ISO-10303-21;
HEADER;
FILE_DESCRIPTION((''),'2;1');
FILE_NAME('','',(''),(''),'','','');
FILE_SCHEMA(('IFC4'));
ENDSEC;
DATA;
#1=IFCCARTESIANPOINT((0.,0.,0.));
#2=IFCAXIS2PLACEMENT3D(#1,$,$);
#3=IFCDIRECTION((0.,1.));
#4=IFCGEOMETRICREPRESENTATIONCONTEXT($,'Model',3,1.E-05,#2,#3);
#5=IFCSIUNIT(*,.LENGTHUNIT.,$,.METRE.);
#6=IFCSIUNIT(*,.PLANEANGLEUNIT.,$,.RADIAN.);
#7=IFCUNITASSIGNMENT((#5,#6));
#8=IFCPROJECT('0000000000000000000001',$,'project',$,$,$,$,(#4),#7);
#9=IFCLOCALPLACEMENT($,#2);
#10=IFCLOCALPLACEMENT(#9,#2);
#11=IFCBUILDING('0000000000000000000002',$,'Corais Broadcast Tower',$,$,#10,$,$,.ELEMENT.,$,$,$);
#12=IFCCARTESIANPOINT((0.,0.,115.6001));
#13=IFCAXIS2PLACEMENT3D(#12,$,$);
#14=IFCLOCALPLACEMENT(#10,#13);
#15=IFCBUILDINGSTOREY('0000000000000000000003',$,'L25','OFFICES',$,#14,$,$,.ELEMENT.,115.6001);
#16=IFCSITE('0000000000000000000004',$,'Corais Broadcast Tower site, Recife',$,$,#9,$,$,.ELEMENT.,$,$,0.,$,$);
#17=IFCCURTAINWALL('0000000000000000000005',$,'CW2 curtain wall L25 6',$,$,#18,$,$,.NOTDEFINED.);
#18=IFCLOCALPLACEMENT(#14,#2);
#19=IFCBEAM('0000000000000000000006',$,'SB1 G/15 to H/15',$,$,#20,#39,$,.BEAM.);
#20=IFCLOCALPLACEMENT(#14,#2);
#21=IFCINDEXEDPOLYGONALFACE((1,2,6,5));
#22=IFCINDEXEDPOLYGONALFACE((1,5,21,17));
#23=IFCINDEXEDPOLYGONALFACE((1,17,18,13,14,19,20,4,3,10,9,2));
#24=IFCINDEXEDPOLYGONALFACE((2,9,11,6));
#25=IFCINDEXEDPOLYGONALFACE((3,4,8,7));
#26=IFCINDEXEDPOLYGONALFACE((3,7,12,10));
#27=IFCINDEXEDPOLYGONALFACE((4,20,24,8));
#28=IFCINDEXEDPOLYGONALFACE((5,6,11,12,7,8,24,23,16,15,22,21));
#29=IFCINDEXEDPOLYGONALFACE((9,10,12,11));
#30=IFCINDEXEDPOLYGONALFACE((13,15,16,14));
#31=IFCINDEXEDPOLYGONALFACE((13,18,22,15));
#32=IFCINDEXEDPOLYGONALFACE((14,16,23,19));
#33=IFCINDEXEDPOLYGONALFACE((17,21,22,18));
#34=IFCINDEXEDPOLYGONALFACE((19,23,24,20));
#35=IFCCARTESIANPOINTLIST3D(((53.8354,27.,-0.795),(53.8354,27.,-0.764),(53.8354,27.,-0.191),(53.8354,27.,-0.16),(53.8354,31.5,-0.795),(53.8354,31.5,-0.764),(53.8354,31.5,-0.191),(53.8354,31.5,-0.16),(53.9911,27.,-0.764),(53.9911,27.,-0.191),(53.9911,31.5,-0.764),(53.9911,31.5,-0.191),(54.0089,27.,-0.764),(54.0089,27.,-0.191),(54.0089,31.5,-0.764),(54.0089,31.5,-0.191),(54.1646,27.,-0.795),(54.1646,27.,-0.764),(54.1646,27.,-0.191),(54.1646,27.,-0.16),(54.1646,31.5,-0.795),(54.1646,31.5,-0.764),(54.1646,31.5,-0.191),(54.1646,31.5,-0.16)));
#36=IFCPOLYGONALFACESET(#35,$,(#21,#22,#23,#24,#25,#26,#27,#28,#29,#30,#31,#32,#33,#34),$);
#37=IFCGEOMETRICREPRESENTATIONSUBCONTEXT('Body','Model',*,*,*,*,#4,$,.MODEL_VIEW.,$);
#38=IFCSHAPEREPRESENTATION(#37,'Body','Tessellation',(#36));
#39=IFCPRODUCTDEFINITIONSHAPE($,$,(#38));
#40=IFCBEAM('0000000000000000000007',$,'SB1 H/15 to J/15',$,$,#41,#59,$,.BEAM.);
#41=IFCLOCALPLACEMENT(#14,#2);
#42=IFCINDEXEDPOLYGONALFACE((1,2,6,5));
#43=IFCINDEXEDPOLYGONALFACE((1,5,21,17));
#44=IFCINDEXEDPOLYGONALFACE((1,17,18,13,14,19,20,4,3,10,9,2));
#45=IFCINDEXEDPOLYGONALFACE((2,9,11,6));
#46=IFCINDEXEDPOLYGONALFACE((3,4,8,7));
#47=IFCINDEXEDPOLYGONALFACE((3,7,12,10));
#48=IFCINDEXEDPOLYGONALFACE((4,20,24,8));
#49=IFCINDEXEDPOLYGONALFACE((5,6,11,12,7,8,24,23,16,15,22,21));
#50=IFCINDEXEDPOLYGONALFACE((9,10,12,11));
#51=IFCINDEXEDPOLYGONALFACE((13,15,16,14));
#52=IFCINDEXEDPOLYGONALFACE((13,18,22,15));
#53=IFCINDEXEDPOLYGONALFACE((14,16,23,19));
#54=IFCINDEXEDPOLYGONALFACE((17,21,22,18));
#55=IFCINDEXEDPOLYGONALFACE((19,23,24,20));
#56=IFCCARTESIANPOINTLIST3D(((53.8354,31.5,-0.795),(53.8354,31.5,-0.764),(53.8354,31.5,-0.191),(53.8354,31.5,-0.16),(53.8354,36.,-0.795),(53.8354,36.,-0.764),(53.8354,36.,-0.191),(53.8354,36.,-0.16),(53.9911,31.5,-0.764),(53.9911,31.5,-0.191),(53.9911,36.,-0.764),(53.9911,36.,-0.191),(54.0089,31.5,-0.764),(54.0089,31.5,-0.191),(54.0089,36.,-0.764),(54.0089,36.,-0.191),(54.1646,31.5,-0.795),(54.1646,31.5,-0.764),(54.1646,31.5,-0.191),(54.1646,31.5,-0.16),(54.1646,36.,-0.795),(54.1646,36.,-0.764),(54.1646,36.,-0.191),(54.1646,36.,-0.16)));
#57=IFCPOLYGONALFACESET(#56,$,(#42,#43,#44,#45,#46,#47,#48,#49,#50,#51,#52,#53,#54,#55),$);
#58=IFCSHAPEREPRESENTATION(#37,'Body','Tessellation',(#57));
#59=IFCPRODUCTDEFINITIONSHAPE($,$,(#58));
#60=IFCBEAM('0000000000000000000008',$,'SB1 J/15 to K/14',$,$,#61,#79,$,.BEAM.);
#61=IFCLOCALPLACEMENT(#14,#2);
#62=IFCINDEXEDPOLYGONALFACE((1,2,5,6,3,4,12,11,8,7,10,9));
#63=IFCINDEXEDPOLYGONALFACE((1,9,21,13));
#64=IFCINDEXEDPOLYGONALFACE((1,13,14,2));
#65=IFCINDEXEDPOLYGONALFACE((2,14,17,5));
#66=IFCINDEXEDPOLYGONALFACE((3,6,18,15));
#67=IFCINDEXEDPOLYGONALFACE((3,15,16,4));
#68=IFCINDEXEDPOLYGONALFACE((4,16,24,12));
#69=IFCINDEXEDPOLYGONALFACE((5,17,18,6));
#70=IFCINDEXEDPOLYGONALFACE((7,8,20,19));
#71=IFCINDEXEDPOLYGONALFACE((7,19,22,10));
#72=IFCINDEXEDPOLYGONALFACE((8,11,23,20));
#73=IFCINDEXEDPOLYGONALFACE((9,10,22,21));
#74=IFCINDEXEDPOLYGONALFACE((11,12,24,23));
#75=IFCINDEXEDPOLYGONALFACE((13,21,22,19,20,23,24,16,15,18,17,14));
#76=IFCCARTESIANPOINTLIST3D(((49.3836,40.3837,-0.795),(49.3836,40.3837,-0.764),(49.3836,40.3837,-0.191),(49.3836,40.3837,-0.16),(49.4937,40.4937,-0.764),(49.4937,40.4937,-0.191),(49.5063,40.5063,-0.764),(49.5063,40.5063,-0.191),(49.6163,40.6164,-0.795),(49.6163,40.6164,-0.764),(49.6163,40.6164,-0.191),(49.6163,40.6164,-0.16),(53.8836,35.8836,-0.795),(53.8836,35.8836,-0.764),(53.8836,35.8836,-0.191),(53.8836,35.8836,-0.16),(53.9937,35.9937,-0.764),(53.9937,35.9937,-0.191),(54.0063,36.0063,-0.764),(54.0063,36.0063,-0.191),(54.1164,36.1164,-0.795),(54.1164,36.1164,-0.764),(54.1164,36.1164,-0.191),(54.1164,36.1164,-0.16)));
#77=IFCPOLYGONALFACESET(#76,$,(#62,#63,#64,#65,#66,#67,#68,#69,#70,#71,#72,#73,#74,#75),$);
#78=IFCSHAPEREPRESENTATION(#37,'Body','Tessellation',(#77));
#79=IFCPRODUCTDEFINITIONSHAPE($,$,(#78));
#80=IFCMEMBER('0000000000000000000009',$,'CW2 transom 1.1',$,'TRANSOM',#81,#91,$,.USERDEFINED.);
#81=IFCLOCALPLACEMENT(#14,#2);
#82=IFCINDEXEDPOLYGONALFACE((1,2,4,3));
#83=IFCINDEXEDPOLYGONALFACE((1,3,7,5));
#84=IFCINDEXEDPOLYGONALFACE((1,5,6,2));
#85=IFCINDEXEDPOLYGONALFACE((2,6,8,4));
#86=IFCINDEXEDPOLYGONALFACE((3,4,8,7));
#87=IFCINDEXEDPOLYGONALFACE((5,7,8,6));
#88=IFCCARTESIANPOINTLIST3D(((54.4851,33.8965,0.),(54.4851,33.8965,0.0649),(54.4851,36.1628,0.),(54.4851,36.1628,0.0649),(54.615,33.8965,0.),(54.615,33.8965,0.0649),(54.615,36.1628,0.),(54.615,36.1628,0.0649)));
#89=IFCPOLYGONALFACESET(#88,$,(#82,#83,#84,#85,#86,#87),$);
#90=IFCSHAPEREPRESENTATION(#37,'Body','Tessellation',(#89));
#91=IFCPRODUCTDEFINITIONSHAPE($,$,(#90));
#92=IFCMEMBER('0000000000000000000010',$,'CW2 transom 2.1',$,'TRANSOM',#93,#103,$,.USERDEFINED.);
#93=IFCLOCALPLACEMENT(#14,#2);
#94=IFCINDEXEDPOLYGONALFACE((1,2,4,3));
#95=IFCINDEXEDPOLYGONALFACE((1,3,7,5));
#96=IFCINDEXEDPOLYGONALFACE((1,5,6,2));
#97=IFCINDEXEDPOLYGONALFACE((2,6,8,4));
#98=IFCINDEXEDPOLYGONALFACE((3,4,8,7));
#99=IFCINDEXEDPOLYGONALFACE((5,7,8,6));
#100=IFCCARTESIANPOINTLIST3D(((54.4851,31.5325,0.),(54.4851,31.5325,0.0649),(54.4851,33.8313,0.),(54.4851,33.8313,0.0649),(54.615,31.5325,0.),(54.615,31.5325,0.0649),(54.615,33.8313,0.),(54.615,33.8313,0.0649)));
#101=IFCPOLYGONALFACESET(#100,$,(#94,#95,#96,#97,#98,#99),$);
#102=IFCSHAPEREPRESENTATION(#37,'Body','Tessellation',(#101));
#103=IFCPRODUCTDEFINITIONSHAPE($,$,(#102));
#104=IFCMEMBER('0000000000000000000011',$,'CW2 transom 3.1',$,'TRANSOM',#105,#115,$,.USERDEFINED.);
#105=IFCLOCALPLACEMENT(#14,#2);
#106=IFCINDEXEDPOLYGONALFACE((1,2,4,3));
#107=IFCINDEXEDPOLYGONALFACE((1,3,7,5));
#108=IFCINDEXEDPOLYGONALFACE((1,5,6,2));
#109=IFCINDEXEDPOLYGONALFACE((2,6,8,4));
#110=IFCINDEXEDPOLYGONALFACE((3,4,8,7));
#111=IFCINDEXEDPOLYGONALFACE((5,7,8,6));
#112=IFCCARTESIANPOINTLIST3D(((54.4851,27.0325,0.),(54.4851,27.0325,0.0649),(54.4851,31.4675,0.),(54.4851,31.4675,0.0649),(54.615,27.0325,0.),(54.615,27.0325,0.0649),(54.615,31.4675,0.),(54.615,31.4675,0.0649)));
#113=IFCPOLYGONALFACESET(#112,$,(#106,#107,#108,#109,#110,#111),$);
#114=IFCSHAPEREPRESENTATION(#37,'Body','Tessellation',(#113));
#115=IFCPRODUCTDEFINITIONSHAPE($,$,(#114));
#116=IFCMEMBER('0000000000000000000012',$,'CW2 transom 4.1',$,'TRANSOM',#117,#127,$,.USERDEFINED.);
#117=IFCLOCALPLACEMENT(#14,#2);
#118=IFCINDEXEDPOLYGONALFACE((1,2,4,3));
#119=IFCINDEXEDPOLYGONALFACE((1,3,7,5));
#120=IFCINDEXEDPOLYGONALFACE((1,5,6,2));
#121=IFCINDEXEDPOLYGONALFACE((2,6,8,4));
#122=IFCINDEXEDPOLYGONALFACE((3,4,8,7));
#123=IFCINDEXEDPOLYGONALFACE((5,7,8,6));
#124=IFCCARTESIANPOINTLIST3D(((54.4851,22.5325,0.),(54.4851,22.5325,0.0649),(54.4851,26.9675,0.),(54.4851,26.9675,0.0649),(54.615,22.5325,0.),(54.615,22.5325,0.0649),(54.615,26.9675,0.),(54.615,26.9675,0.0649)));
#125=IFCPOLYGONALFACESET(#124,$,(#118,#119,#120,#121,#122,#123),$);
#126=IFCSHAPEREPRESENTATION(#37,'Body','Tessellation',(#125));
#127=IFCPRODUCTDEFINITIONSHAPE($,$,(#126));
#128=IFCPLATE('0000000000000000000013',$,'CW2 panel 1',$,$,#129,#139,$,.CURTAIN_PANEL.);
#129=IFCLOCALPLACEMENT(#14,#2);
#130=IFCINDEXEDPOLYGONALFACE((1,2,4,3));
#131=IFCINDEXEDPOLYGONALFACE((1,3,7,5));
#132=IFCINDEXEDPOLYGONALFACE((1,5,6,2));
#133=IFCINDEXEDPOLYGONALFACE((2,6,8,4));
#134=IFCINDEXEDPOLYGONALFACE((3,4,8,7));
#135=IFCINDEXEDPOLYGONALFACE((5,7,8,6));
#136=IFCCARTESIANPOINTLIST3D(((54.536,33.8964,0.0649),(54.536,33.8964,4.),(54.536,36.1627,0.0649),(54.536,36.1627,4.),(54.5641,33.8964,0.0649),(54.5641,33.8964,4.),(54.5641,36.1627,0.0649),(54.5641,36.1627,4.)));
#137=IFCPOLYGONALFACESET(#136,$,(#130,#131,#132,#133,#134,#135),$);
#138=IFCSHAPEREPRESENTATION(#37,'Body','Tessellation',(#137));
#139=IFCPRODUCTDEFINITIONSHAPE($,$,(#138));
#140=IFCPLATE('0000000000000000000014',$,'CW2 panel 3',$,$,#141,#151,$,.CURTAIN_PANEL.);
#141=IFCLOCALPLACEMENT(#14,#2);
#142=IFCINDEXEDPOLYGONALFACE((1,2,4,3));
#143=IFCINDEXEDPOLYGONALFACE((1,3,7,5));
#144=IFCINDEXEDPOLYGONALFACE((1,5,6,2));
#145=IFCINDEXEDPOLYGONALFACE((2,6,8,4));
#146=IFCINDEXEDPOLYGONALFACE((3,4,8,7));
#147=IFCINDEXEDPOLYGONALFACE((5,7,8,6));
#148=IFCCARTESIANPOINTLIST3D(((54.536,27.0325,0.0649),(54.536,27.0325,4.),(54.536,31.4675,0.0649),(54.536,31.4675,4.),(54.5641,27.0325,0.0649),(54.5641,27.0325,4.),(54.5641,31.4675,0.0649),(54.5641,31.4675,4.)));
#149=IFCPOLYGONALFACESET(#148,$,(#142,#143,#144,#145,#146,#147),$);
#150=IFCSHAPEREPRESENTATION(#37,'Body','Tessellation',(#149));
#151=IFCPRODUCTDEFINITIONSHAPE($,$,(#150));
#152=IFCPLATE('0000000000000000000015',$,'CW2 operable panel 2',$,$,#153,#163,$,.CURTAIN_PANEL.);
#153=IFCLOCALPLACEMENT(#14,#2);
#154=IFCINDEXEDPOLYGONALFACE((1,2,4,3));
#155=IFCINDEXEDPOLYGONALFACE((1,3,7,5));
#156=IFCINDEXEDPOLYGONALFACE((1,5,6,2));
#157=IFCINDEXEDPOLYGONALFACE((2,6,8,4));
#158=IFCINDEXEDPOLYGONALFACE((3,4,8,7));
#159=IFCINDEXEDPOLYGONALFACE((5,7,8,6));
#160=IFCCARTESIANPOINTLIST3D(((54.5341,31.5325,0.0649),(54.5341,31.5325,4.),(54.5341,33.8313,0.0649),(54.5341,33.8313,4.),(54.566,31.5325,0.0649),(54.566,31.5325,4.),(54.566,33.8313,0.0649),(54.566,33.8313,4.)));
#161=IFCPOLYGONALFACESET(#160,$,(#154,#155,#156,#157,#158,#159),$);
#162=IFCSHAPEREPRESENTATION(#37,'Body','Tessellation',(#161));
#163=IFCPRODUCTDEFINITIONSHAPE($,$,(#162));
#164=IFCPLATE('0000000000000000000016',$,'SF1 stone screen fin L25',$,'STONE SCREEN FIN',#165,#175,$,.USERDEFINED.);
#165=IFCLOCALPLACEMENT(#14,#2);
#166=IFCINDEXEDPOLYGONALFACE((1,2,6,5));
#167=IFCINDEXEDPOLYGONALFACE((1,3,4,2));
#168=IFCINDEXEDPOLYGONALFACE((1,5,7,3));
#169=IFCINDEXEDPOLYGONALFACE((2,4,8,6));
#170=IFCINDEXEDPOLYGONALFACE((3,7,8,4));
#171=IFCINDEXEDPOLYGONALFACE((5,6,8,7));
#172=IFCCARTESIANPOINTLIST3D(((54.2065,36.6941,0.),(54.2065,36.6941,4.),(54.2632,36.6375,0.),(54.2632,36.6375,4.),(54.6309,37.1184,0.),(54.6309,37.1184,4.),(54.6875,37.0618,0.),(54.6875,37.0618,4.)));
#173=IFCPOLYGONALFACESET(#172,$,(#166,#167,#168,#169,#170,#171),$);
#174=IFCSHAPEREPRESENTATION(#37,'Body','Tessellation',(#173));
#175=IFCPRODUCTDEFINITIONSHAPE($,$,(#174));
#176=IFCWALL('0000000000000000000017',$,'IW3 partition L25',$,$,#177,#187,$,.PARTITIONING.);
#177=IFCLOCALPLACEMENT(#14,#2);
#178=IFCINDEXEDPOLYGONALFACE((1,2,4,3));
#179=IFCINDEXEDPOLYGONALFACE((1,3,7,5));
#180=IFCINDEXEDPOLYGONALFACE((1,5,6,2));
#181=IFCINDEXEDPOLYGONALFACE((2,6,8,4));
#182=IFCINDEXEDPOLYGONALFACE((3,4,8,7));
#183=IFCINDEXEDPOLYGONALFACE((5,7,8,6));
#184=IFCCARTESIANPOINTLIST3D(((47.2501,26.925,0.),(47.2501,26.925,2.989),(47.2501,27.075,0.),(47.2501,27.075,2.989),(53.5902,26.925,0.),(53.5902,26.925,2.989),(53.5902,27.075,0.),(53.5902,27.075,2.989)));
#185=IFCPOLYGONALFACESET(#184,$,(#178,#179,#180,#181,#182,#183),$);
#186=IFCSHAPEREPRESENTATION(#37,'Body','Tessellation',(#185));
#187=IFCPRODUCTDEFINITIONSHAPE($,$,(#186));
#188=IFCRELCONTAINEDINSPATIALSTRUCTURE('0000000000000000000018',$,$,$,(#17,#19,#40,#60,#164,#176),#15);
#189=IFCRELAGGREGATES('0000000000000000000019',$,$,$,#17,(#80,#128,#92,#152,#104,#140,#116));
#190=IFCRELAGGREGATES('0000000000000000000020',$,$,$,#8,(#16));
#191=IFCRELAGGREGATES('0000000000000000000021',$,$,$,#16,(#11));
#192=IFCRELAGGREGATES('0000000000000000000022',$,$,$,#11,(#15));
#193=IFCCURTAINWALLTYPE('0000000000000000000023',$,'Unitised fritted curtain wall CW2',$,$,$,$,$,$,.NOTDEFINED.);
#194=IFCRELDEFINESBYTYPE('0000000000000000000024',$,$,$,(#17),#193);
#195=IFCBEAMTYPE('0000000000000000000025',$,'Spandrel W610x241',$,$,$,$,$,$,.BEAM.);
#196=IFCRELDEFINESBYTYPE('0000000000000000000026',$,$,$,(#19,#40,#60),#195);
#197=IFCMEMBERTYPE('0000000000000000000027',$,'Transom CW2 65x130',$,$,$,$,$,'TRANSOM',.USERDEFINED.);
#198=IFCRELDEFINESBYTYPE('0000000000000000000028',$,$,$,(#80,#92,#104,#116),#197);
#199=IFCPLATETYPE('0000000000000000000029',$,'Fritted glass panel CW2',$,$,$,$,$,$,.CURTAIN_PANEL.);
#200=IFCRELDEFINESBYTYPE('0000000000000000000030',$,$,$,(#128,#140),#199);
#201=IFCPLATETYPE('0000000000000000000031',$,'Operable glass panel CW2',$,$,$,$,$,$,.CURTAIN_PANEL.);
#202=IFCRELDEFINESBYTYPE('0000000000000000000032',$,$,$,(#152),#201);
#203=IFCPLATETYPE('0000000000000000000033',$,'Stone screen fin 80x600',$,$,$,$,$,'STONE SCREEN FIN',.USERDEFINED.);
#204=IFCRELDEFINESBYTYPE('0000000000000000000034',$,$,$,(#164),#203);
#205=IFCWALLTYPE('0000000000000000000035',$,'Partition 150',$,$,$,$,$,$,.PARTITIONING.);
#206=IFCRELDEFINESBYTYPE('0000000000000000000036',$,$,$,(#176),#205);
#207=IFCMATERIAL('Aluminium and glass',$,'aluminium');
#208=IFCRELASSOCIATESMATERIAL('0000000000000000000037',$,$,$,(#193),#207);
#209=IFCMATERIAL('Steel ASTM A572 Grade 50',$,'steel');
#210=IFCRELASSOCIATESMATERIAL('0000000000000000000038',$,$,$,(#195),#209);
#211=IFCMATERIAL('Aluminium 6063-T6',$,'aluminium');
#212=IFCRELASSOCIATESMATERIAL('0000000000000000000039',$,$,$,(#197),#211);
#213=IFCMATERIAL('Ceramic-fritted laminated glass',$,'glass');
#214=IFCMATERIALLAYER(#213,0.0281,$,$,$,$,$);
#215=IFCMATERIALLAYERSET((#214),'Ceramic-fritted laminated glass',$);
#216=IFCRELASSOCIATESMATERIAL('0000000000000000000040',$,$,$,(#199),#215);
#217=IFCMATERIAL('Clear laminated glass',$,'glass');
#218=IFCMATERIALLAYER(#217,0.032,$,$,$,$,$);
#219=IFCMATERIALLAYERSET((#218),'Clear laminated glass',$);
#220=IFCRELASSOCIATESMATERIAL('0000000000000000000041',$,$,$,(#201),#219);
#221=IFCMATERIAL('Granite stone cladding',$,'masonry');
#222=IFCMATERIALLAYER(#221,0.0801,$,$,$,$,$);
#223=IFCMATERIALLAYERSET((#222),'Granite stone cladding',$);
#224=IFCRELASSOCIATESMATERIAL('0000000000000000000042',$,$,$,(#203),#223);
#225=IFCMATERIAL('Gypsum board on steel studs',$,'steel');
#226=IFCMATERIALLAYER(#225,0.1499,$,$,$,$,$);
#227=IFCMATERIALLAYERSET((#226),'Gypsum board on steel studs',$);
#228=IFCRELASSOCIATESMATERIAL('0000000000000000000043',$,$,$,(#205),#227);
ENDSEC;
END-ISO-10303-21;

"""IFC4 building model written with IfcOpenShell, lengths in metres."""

from ifc_helpers import new_model, si_unit, direction, frame, frame_2d, origin, origin_2d, place, context, subcontext, project, spatial, rectangle, i_section, extrude, material, layer, layer_set, material_profile, profile_set, type_object, element, aggregate, save


model = new_model("IFC4")

# Units and contexts
model_context = context("Model", 3, precision=1e-05, world=origin(), true_north=direction((0.0, 1.0)))
body_context = subcontext(model_context, "Body", "Model", "MODEL_VIEW")
ifc_project = project(units=[si_unit("LENGTHUNIT", "METRE"), si_unit("PLANEANGLEUNIT", "RADIAN")], contexts=[model_context])

# Site, building, storey
site_placement = place(None, origin())
site = spatial("IfcSite", under=ifc_project, at=site_placement, Name="Corais Broadcast Tower site, Recife", CompositionType="ELEMENT", RefElevation=0.0)
building_placement = place(site_placement, origin())
building = spatial("IfcBuilding", under=site, at=building_placement, Name="Corais Broadcast Tower", CompositionType="ELEMENT")
storey_placement = place(building_placement, frame((0.0, 0.0, 115.6001)))
storey = spatial("IfcBuildingStorey", under=building, at=storey_placement, Name="L25", Description="OFFICES", CompositionType="ELEMENT", Elevation=115.6001)

# Shared definitions
ifc_material_1 = material(Name="Aluminium and glass", Category="aluminium")
curtain_wall_type = type_object("IfcCurtainWallType", Name="Unitised fritted curtain wall CW2", PredefinedType="NOTDEFINED", material=ifc_material_1)

# Curtain wall
curtain_wall_1_placement = place(storey_placement, origin())
curtain_wall_1 = element("IfcCurtainWall", 1, at=curtain_wall_1_placement, inside=storey, type_object=curtain_wall_type, Name="CW2 curtain wall L25 6", PredefinedType="NOTDEFINED")

# Beams
ifc_material_2 = material(Name="Steel ASTM A572 Grade 50", Category="steel")
ifc_material_profile_1 = material_profile(ifc_material_2, i_section(OverallWidth=0.3291, OverallDepth=0.635, WebThickness=0.0178, FlangeThickness=0.031, at=origin_2d()), Name="W610x241")
ifc_profile_set_1 = profile_set([ifc_material_profile_1], Name="Steel ASTM A572 Grade 50")
beam_type_1 = type_object("IfcBeamType", Name="Spandrel W610x241", PredefinedType="BEAM", material=ifc_profile_set_1)
for number, where, z_axis, x_axis, name in (
    (2, (54.0, 27.0, -0.4775), (0.0, 1.0, 0.0), (-1.0, 0.0, 0.0), "SB1 G/15 to H/15"),
    (3, (54.0, 31.5, -0.4775), (0.0, 1.0, 0.0), (-1.0, 0.0, 0.0), "SB1 H/15 to J/15"),
):
    element("IfcBeam", number, at=place(storey_placement, frame(where, z_axis=z_axis, x_axis=x_axis)), inside=storey, type_object=beam_type_1, Name=name, PredefinedType="BEAM", context=body_context, shape_type="SweptSolid", body=[
        extrude(i_section(OverallWidth=0.3291, OverallDepth=0.635, WebThickness=0.0178, FlangeThickness=0.031, at=origin_2d()), origin(), (0.0, 0.0, 1.0), 4.5),
    ])
beam_placement = place(storey_placement, frame((54.0, 36.0, -0.4775), z_axis=(-0.707107, 0.707107, 0.0), x_axis=(-0.707107, -0.707107, 0.0)))
element("IfcBeam", 4, at=beam_placement, inside=storey, type_object=beam_type_1, Name="SB1 J/15 to K/14", PredefinedType="BEAM", context=body_context, shape_type="SweptSolid", body=[
    extrude(i_section(OverallWidth=0.3291, OverallDepth=0.635, WebThickness=0.0178, FlangeThickness=0.031, at=origin_2d()), origin(), (0.0, 0.0, 1.0), 6.364),
])

# Members
ifc_material_3 = material(Name="Aluminium 6063-T6", Category="aluminium")
ifc_material_profile_2 = material_profile(ifc_material_3, rectangle(XDim=0.1299, YDim=0.0649, at=origin_2d()), Name="Transom CW2 65x130")
ifc_profile_set_2 = profile_set([ifc_material_profile_2], Name="Aluminium 6063-T6")
member_type_1 = type_object("IfcMemberType", Name="Transom CW2 65x130", ElementType="TRANSOM", PredefinedType="USERDEFINED", material=ifc_profile_set_2)
member_1_placement = place(storey_placement, frame((54.55, 36.1628, 0.0325), z_axis=(0.0, -1.0, 0.0), x_axis=(1.0, 0.0, 0.0)))
member_1 = element("IfcMember", 5, at=member_1_placement, type_object=member_type_1, Name="CW2 transom 1.1", ObjectType="TRANSOM", PredefinedType="USERDEFINED", context=body_context, shape_type="SweptSolid", body=[
    extrude(rectangle(XDim=0.1299, YDim=0.0649, at=origin_2d()), origin(), (0.0, 0.0, 1.0), 2.2664),
])
member_2_placement = place(storey_placement, frame((54.55, 33.8313, 0.0325), z_axis=(0.0, -1.0, 0.0), x_axis=(1.0, 0.0, 0.0)))
member_2 = element("IfcMember", 6, at=member_2_placement, type_object=member_type_1, Name="CW2 transom 2.1", ObjectType="TRANSOM", PredefinedType="USERDEFINED", context=body_context, shape_type="SweptSolid", body=[
    extrude(rectangle(XDim=0.1299, YDim=0.0649, at=origin_2d()), origin(), (0.0, 0.0, 1.0), 2.2988),
])
member_3_placement = place(storey_placement, frame((54.55, 31.4675, 0.0325), z_axis=(0.0, -1.0, 0.0), x_axis=(1.0, 0.0, 0.0)))
member_3 = element("IfcMember", 7, at=member_3_placement, type_object=member_type_1, Name="CW2 transom 3.1", ObjectType="TRANSOM", PredefinedType="USERDEFINED", context=body_context, shape_type="SweptSolid", body=[
    extrude(rectangle(XDim=0.1299, YDim=0.0649, at=origin_2d()), origin(), (0.0, 0.0, 1.0), 4.4351),
])
member_4_placement = place(storey_placement, frame((54.55, 26.9675, 0.0325), z_axis=(0.0, -1.0, 0.0), x_axis=(1.0, 0.0, 0.0)))
member_4 = element("IfcMember", 8, at=member_4_placement, type_object=member_type_1, Name="CW2 transom 4.1", ObjectType="TRANSOM", PredefinedType="USERDEFINED", context=body_context, shape_type="SweptSolid", body=[
    extrude(rectangle(XDim=0.1299, YDim=0.0649, at=origin_2d()), origin(), (0.0, 0.0, 1.0), 4.4351),
])

# Plates
ifc_material_4 = material(Name="Ceramic-fritted laminated glass", Category="glass")
ifc_layer_1 = layer(ifc_material_4, 0.0281)
ifc_layer_set_1 = layer_set([ifc_layer_1], Name="Ceramic-fritted laminated glass")
plate_type_1 = type_object("IfcPlateType", Name="Fritted glass panel CW2", PredefinedType="CURTAIN_PANEL", material=ifc_layer_set_1)
plate_1_placement = place(storey_placement, frame((54.55, 35.0295, 0.0649), z_axis=(0.0, 0.0, 1.0), x_axis=(0.0, -1.0, 0.0)))
plate_1 = element("IfcPlate", 9, at=plate_1_placement, type_object=plate_type_1, Name="CW2 panel 1", PredefinedType="CURTAIN_PANEL", context=body_context, shape_type="SweptSolid", body=[
    extrude(rectangle(XDim=2.2664, YDim=0.0281, at=origin_2d()), origin(), (0.0, 0.0, 1.0), 3.9351),
])
plate_2_placement = place(storey_placement, frame((54.55, 29.25, 0.0649), z_axis=(0.0, 0.0, 1.0), x_axis=(0.0, -1.0, 0.0)))
plate_2 = element("IfcPlate", 10, at=plate_2_placement, type_object=plate_type_1, Name="CW2 panel 3", PredefinedType="CURTAIN_PANEL", context=body_context, shape_type="SweptSolid", body=[
    extrude(rectangle(XDim=4.4351, YDim=0.0281, at=origin_2d()), origin(), (0.0, 0.0, 1.0), 3.9351),
])
ifc_material_5 = material(Name="Clear laminated glass", Category="glass")
ifc_layer_2 = layer(ifc_material_5, 0.032)
ifc_layer_set_2 = layer_set([ifc_layer_2], Name="Clear laminated glass")
plate_type_2 = type_object("IfcPlateType", Name="Operable glass panel CW2", PredefinedType="CURTAIN_PANEL", material=ifc_layer_set_2)
plate_3_placement = place(storey_placement, frame((54.55, 32.6819, 0.0649), z_axis=(0.0, 0.0, 1.0), x_axis=(0.0, -1.0, 0.0)))
plate_3 = element("IfcPlate", 11, at=plate_3_placement, type_object=plate_type_2, Name="CW2 operable panel 2", PredefinedType="CURTAIN_PANEL", context=body_context, shape_type="SweptSolid", body=[
    extrude(rectangle(XDim=2.2988, YDim=0.032, at=origin_2d()), origin(), (0.0, 0.0, 1.0), 3.9351),
])
aggregate(curtain_wall_1, [member_1, plate_1, member_2, plate_3, member_3, plate_2, member_4])
ifc_material_6 = material(Name="Granite stone cladding", Category="masonry")
ifc_layer_3 = layer(ifc_material_6, 0.0801)
ifc_layer_set_3 = layer_set([ifc_layer_3], Name="Granite stone cladding")
plate_type_3 = type_object("IfcPlateType", Name="Stone screen fin 80x600", ElementType="STONE SCREEN FIN", PredefinedType="USERDEFINED", material=ifc_layer_set_3)
plate_4_placement = place(storey_placement, frame((54.447, 36.8779, 0.0), z_axis=(0.0, 0.0, 1.0), x_axis=(0.707107, -0.707107, 0.0)))
element("IfcPlate", 12, at=plate_4_placement, inside=storey, type_object=plate_type_3, Name="SF1 stone screen fin L25", ObjectType="STONE SCREEN FIN", PredefinedType="USERDEFINED", context=body_context, shape_type="SweptSolid", body=[
    extrude(rectangle(XDim=0.0801, YDim=0.6001, at=origin_2d()), origin(), (0.0, 0.0, 1.0), 4.0),
])

# Wall
ifc_material_7 = material(Name="Gypsum board on steel studs", Category="steel")
ifc_layer_4 = layer(ifc_material_7, 0.1499)
ifc_layer_set_4 = layer_set([ifc_layer_4], Name="Gypsum board on steel studs")
wall_type = type_object("IfcWallType", Name="Partition 150", PredefinedType="PARTITIONING", material=ifc_layer_set_4)
wall_1_placement = place(storey_placement, frame((53.5901, 27.0, 0.0), z_axis=(0.0, 0.0, 1.0), x_axis=(-1.0, 0.0, 0.0)))
element("IfcWall", 13, at=wall_1_placement, inside=storey, type_object=wall_type, Name="IW3 partition L25", PredefinedType="PARTITIONING", context=body_context, shape_type="SweptSolid", body=[
    extrude(rectangle(XDim=6.3401, YDim=0.1499, at=frame_2d((3.1699, 0.0))), origin(), (0.0, 0.0, 1.0), 2.989),
])

save(model, "model.ifc")
